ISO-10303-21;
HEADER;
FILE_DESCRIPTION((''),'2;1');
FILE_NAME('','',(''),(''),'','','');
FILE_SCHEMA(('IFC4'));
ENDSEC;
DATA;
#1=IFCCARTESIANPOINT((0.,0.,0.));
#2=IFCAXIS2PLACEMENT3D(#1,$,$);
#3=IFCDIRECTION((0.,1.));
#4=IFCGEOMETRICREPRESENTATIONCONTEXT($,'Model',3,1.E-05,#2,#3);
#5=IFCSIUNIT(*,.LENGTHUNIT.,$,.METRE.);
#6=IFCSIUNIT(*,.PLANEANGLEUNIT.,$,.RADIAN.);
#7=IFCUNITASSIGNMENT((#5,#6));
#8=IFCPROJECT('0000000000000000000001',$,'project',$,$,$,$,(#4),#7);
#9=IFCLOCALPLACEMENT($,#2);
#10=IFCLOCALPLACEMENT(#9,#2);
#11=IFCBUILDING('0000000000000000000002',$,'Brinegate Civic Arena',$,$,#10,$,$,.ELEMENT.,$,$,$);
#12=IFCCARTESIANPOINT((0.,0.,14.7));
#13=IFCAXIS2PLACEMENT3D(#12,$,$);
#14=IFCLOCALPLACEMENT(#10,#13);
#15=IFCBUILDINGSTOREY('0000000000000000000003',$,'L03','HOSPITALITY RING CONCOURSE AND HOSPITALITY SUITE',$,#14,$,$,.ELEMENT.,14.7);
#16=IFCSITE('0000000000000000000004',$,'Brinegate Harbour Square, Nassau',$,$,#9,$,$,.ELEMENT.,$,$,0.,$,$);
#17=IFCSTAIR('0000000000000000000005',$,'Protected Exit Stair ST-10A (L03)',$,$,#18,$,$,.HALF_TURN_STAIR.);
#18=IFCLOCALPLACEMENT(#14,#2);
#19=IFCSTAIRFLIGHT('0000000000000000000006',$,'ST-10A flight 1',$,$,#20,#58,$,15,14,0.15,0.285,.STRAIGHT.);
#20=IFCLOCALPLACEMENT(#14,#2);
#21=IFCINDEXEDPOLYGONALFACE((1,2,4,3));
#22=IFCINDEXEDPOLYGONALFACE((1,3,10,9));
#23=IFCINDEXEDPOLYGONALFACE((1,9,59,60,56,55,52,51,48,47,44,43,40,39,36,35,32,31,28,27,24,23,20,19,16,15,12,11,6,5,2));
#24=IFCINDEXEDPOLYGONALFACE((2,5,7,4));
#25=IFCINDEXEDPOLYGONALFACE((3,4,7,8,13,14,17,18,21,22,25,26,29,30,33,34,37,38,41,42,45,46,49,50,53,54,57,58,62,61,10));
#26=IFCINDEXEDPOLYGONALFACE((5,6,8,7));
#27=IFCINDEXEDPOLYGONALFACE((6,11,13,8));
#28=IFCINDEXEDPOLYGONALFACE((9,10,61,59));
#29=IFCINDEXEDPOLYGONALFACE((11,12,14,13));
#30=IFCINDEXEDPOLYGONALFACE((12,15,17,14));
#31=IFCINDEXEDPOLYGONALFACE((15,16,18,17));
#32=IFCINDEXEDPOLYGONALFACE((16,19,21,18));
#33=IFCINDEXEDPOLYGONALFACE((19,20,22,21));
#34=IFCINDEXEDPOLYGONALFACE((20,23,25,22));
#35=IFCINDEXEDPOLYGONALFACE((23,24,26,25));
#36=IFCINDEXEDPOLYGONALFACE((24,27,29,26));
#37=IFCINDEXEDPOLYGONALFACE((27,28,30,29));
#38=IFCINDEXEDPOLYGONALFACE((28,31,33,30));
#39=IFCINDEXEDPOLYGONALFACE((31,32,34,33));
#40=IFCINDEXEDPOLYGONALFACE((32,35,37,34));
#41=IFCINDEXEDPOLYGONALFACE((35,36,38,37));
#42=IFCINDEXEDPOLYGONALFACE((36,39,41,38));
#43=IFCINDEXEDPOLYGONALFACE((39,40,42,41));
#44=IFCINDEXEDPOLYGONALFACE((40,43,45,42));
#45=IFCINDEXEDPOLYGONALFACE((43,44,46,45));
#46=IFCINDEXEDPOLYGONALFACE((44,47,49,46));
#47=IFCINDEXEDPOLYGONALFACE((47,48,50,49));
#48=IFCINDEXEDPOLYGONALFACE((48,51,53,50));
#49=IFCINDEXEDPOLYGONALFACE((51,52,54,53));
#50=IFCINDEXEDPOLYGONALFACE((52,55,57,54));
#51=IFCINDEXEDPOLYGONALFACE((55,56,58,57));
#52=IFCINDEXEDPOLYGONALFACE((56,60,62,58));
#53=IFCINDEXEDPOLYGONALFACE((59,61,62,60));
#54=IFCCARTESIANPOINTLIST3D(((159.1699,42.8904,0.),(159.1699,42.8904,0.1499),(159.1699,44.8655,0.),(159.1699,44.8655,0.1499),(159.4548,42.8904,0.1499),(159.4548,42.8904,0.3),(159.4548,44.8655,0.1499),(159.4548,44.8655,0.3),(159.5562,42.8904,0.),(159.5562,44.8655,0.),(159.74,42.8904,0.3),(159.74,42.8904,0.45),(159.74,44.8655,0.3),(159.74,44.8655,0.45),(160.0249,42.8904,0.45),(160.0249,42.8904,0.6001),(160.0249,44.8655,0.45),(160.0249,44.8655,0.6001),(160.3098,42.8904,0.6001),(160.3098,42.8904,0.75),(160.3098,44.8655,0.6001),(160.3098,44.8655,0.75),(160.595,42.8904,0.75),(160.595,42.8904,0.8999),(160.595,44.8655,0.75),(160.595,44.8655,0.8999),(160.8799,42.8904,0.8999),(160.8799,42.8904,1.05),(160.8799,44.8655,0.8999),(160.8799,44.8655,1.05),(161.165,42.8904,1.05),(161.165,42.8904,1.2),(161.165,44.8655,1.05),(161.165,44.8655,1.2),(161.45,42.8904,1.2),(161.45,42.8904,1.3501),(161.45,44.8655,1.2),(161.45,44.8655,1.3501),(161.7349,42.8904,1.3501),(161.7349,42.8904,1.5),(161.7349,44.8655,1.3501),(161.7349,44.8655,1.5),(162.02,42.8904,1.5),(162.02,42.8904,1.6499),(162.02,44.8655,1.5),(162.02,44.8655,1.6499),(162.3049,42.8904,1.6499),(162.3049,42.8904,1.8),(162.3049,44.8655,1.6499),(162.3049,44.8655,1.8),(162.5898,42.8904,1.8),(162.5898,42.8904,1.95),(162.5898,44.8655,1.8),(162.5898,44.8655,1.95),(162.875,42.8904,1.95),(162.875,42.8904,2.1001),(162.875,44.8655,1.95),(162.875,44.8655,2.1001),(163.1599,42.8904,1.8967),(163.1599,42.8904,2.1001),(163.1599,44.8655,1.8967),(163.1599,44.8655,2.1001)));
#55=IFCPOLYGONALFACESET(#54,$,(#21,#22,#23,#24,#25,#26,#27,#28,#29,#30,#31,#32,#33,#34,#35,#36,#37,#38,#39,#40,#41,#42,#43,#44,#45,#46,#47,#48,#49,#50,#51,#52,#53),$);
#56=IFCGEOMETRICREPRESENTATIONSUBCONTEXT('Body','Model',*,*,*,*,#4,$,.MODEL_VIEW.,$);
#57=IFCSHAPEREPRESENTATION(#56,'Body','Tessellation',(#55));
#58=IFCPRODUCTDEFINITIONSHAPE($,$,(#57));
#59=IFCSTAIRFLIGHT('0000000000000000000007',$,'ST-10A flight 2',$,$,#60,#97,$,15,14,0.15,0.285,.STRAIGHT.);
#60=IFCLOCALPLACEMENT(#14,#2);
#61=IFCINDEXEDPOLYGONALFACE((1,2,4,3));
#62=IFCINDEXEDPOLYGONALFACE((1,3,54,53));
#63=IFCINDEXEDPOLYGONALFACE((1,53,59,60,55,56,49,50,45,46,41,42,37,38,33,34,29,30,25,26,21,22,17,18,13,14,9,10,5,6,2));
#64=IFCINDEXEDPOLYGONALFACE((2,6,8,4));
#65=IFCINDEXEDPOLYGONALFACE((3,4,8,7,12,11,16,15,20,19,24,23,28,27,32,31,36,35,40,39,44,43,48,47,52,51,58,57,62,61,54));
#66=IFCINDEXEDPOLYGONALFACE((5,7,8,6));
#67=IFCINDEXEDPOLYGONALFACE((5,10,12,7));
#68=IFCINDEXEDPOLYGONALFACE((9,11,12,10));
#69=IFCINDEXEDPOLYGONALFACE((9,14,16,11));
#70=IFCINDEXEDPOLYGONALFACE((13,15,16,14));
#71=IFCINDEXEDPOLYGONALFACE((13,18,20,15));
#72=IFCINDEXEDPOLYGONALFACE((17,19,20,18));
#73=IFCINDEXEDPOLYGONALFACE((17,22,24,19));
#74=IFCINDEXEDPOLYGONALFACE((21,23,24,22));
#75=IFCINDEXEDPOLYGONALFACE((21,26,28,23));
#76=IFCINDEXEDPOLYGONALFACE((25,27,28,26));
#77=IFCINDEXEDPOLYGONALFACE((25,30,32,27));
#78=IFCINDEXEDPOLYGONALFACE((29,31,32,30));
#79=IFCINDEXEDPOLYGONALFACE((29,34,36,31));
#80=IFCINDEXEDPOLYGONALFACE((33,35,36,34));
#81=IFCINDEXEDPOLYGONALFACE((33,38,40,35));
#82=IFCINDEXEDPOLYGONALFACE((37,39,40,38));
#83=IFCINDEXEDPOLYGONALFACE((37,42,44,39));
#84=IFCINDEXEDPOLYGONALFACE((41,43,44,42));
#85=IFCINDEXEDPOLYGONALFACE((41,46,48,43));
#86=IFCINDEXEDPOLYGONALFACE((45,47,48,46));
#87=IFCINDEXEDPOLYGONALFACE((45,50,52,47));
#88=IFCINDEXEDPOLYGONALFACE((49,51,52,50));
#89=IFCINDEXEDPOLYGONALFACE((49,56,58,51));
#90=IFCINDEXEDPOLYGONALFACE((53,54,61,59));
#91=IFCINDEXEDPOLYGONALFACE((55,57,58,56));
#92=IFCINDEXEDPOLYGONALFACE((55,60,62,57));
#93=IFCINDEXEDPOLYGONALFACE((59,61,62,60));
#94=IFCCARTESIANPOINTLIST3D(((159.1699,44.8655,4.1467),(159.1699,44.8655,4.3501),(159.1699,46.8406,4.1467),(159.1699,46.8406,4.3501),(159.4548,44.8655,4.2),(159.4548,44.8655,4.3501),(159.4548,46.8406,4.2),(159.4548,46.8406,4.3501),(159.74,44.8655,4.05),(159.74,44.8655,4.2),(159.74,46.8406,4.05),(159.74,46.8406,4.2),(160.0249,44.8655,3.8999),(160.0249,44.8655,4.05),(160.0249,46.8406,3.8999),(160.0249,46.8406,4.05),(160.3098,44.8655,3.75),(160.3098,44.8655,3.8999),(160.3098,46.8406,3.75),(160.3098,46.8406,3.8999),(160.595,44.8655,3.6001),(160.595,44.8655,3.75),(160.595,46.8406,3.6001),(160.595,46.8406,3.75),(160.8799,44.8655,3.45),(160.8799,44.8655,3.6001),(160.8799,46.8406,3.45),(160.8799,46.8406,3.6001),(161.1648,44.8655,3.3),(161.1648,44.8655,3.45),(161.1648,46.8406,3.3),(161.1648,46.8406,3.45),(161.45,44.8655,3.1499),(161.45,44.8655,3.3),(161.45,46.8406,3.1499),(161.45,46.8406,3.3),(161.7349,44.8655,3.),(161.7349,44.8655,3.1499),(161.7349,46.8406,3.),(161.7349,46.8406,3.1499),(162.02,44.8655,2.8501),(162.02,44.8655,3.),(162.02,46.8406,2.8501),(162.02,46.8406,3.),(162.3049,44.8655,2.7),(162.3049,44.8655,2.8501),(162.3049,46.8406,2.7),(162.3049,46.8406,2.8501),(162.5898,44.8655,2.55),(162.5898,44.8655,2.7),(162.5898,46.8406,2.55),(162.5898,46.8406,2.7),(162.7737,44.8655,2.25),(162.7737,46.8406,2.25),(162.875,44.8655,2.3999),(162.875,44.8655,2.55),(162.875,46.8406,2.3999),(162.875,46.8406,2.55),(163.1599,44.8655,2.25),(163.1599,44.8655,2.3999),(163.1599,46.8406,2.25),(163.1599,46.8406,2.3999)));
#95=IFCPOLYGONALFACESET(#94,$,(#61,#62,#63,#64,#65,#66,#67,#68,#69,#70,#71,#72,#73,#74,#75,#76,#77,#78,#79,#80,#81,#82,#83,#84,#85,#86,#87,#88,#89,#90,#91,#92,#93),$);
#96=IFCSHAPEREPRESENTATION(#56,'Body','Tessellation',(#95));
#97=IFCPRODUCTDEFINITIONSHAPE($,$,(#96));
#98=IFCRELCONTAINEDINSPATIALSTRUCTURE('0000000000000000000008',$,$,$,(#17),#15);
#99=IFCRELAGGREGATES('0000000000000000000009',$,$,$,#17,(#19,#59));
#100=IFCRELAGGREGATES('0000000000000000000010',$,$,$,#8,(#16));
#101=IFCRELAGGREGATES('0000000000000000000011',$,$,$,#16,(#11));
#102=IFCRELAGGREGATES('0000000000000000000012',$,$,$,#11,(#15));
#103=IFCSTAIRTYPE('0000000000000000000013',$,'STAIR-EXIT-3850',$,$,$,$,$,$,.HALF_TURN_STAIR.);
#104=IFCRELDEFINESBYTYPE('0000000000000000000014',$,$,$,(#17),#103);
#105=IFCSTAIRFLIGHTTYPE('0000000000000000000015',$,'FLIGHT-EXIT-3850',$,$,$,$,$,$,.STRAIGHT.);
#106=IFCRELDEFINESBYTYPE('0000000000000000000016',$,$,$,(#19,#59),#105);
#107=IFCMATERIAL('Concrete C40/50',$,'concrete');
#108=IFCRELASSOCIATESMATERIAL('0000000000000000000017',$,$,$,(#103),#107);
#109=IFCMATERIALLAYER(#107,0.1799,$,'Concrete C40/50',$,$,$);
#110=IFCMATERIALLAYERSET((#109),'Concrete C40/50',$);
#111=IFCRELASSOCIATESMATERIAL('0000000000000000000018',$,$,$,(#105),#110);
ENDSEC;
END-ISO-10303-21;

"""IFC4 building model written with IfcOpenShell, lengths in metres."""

from ifc_helpers import new_model, si_unit, direction, frame, origin, place, context, subcontext, project, spatial, polyline, outline, extrude, material, layer, layer_set, type_object, element, aggregate, save


model = new_model("IFC4")

# Units and contexts
model_context = context("Model", 3, precision=1e-05, world=origin(), true_north=direction((0.0, 1.0)))
body_context = subcontext(model_context, "Body", "Model", "MODEL_VIEW")
ifc_project = project(units=[si_unit("LENGTHUNIT", "METRE"), si_unit("PLANEANGLEUNIT", "RADIAN")], contexts=[model_context])

# Site, building, storey
site_placement = place(None, origin())
site = spatial("IfcSite", under=ifc_project, at=site_placement, Name="Brinegate Harbour Square, Nassau", CompositionType="ELEMENT", RefElevation=0.0)
building_placement = place(site_placement, origin())
building = spatial("IfcBuilding", under=site, at=building_placement, Name="Brinegate Civic Arena", CompositionType="ELEMENT")
storey_placement = place(building_placement, frame((0.0, 0.0, 14.7)))
storey = spatial("IfcBuildingStorey", under=building, at=storey_placement, Name="L03", Description="HOSPITALITY RING CONCOURSE AND HOSPITALITY SUITE", CompositionType="ELEMENT", Elevation=14.7)

# Stair, stair flights
ifc_material_1 = material(Name="Concrete C40/50", Category="concrete")
stair_type = type_object("IfcStairType", Name="STAIR-EXIT-3850", PredefinedType="HALF_TURN_STAIR", material=ifc_material_1)
stair_placement = place(storey_placement, origin())
stair = element("IfcStair", 1, at=stair_placement, inside=storey, type_object=stair_type, Name="Protected Exit Stair ST-10A (L03)", PredefinedType="HALF_TURN_STAIR")
ifc_layer_1 = layer(ifc_material_1, 0.1799, Name="Concrete C40/50")
ifc_layer_set_1 = layer_set([ifc_layer_1], Name="Concrete C40/50")
stair_flight_type = type_object("IfcStairFlightType", Name="FLIGHT-EXIT-3850", PredefinedType="STRAIGHT", material=ifc_layer_set_1)
stair_flight_1_placement = place(storey_placement, frame((159.1699, 43.8779, 0.0), z_axis=(0.0, 0.0, 1.0), x_axis=(1.0, 0.0, 0.0)))
stair_flight_1 = element("IfcStairFlight", 2, at=stair_flight_1_placement, type_object=stair_flight_type, Name="ST-10A flight 1", NumberOfRisers=15, NumberOfTreads=14, PredefinedType="STRAIGHT", RiserHeight=0.15, TreadLength=0.285, context=body_context, shape_type="SweptSolid", body=[
    extrude(outline(polyline([(0.0, 0.0), (0.0, 0.1499), (0.2849, 0.1499), (0.2849, 0.3), (0.5701, 0.3), (0.5701, 0.45), (0.855, 0.45), (0.855, 0.6001), (1.1399, 0.6001), (1.1399, 0.75), (1.425, 0.75), (1.425, 0.8999), (1.71, 0.8999), (1.71, 1.05), (1.9951, 1.05), (1.9951, 1.2), (2.28, 1.2), (2.28, 1.3501), (2.5649, 1.3501), (2.5649, 1.5), (2.8501, 1.5), (2.8501, 1.6499), (3.135, 1.6499), (3.135, 1.8), (3.4199, 1.8), (3.4199, 1.95), (3.7051, 1.95), (3.7051, 2.1001), (3.99, 2.1001), (3.99, 2.25), (3.99, 1.8967), (0.3862, 0.0), (0.0, 0.0)])), frame((0.0, 0.9875, 0.0), z_axis=(0.0, -1.0, 0.0), x_axis=(1.0, 0.0, 0.0)), (0.0, 0.0, 1.0), 1.9751),
])
stair_flight_2_placement = place(storey_placement, frame((163.1599, 45.853, 2.25), z_axis=(0.0, 0.0, 1.0), x_axis=(-1.0, 0.0, 0.0)))
stair_flight_2 = element("IfcStairFlight", 3, at=stair_flight_2_placement, type_object=stair_flight_type, Name="ST-10A flight 2", NumberOfRisers=15, NumberOfTreads=14, PredefinedType="STRAIGHT", RiserHeight=0.15, TreadLength=0.285, context=body_context, shape_type="SweptSolid", body=[
    extrude(outline(polyline([(0.0, 0.0), (0.0, 0.1499), (0.2849, 0.1499), (0.2849, 0.3), (0.5701, 0.3), (0.5701, 0.45), (0.855, 0.45), (0.855, 0.6001), (1.1399, 0.6001), (1.1399, 0.75), (1.425, 0.75), (1.425, 0.8999), (1.71, 0.8999), (1.71, 1.05), (1.9951, 1.05), (1.9951, 1.2), (2.28, 1.2), (2.28, 1.3501), (2.5649, 1.3501), (2.5649, 1.5), (2.8501, 1.5), (2.8501, 1.6499), (3.135, 1.6499), (3.135, 1.8), (3.4199, 1.8), (3.4199, 1.95), (3.7051, 1.95), (3.7051, 2.1001), (3.99, 2.1001), (3.99, 2.25), (3.99, 1.8967), (0.3862, 0.0), (0.0, 0.0)])), frame((0.0, 0.9875, 0.0), z_axis=(0.0, -1.0, 0.0), x_axis=(1.0, 0.0, 0.0)), (0.0, 0.0, 1.0), 1.9751),
])
aggregate(stair, [stair_flight_1, stair_flight_2])

save(model, "model.ifc")
